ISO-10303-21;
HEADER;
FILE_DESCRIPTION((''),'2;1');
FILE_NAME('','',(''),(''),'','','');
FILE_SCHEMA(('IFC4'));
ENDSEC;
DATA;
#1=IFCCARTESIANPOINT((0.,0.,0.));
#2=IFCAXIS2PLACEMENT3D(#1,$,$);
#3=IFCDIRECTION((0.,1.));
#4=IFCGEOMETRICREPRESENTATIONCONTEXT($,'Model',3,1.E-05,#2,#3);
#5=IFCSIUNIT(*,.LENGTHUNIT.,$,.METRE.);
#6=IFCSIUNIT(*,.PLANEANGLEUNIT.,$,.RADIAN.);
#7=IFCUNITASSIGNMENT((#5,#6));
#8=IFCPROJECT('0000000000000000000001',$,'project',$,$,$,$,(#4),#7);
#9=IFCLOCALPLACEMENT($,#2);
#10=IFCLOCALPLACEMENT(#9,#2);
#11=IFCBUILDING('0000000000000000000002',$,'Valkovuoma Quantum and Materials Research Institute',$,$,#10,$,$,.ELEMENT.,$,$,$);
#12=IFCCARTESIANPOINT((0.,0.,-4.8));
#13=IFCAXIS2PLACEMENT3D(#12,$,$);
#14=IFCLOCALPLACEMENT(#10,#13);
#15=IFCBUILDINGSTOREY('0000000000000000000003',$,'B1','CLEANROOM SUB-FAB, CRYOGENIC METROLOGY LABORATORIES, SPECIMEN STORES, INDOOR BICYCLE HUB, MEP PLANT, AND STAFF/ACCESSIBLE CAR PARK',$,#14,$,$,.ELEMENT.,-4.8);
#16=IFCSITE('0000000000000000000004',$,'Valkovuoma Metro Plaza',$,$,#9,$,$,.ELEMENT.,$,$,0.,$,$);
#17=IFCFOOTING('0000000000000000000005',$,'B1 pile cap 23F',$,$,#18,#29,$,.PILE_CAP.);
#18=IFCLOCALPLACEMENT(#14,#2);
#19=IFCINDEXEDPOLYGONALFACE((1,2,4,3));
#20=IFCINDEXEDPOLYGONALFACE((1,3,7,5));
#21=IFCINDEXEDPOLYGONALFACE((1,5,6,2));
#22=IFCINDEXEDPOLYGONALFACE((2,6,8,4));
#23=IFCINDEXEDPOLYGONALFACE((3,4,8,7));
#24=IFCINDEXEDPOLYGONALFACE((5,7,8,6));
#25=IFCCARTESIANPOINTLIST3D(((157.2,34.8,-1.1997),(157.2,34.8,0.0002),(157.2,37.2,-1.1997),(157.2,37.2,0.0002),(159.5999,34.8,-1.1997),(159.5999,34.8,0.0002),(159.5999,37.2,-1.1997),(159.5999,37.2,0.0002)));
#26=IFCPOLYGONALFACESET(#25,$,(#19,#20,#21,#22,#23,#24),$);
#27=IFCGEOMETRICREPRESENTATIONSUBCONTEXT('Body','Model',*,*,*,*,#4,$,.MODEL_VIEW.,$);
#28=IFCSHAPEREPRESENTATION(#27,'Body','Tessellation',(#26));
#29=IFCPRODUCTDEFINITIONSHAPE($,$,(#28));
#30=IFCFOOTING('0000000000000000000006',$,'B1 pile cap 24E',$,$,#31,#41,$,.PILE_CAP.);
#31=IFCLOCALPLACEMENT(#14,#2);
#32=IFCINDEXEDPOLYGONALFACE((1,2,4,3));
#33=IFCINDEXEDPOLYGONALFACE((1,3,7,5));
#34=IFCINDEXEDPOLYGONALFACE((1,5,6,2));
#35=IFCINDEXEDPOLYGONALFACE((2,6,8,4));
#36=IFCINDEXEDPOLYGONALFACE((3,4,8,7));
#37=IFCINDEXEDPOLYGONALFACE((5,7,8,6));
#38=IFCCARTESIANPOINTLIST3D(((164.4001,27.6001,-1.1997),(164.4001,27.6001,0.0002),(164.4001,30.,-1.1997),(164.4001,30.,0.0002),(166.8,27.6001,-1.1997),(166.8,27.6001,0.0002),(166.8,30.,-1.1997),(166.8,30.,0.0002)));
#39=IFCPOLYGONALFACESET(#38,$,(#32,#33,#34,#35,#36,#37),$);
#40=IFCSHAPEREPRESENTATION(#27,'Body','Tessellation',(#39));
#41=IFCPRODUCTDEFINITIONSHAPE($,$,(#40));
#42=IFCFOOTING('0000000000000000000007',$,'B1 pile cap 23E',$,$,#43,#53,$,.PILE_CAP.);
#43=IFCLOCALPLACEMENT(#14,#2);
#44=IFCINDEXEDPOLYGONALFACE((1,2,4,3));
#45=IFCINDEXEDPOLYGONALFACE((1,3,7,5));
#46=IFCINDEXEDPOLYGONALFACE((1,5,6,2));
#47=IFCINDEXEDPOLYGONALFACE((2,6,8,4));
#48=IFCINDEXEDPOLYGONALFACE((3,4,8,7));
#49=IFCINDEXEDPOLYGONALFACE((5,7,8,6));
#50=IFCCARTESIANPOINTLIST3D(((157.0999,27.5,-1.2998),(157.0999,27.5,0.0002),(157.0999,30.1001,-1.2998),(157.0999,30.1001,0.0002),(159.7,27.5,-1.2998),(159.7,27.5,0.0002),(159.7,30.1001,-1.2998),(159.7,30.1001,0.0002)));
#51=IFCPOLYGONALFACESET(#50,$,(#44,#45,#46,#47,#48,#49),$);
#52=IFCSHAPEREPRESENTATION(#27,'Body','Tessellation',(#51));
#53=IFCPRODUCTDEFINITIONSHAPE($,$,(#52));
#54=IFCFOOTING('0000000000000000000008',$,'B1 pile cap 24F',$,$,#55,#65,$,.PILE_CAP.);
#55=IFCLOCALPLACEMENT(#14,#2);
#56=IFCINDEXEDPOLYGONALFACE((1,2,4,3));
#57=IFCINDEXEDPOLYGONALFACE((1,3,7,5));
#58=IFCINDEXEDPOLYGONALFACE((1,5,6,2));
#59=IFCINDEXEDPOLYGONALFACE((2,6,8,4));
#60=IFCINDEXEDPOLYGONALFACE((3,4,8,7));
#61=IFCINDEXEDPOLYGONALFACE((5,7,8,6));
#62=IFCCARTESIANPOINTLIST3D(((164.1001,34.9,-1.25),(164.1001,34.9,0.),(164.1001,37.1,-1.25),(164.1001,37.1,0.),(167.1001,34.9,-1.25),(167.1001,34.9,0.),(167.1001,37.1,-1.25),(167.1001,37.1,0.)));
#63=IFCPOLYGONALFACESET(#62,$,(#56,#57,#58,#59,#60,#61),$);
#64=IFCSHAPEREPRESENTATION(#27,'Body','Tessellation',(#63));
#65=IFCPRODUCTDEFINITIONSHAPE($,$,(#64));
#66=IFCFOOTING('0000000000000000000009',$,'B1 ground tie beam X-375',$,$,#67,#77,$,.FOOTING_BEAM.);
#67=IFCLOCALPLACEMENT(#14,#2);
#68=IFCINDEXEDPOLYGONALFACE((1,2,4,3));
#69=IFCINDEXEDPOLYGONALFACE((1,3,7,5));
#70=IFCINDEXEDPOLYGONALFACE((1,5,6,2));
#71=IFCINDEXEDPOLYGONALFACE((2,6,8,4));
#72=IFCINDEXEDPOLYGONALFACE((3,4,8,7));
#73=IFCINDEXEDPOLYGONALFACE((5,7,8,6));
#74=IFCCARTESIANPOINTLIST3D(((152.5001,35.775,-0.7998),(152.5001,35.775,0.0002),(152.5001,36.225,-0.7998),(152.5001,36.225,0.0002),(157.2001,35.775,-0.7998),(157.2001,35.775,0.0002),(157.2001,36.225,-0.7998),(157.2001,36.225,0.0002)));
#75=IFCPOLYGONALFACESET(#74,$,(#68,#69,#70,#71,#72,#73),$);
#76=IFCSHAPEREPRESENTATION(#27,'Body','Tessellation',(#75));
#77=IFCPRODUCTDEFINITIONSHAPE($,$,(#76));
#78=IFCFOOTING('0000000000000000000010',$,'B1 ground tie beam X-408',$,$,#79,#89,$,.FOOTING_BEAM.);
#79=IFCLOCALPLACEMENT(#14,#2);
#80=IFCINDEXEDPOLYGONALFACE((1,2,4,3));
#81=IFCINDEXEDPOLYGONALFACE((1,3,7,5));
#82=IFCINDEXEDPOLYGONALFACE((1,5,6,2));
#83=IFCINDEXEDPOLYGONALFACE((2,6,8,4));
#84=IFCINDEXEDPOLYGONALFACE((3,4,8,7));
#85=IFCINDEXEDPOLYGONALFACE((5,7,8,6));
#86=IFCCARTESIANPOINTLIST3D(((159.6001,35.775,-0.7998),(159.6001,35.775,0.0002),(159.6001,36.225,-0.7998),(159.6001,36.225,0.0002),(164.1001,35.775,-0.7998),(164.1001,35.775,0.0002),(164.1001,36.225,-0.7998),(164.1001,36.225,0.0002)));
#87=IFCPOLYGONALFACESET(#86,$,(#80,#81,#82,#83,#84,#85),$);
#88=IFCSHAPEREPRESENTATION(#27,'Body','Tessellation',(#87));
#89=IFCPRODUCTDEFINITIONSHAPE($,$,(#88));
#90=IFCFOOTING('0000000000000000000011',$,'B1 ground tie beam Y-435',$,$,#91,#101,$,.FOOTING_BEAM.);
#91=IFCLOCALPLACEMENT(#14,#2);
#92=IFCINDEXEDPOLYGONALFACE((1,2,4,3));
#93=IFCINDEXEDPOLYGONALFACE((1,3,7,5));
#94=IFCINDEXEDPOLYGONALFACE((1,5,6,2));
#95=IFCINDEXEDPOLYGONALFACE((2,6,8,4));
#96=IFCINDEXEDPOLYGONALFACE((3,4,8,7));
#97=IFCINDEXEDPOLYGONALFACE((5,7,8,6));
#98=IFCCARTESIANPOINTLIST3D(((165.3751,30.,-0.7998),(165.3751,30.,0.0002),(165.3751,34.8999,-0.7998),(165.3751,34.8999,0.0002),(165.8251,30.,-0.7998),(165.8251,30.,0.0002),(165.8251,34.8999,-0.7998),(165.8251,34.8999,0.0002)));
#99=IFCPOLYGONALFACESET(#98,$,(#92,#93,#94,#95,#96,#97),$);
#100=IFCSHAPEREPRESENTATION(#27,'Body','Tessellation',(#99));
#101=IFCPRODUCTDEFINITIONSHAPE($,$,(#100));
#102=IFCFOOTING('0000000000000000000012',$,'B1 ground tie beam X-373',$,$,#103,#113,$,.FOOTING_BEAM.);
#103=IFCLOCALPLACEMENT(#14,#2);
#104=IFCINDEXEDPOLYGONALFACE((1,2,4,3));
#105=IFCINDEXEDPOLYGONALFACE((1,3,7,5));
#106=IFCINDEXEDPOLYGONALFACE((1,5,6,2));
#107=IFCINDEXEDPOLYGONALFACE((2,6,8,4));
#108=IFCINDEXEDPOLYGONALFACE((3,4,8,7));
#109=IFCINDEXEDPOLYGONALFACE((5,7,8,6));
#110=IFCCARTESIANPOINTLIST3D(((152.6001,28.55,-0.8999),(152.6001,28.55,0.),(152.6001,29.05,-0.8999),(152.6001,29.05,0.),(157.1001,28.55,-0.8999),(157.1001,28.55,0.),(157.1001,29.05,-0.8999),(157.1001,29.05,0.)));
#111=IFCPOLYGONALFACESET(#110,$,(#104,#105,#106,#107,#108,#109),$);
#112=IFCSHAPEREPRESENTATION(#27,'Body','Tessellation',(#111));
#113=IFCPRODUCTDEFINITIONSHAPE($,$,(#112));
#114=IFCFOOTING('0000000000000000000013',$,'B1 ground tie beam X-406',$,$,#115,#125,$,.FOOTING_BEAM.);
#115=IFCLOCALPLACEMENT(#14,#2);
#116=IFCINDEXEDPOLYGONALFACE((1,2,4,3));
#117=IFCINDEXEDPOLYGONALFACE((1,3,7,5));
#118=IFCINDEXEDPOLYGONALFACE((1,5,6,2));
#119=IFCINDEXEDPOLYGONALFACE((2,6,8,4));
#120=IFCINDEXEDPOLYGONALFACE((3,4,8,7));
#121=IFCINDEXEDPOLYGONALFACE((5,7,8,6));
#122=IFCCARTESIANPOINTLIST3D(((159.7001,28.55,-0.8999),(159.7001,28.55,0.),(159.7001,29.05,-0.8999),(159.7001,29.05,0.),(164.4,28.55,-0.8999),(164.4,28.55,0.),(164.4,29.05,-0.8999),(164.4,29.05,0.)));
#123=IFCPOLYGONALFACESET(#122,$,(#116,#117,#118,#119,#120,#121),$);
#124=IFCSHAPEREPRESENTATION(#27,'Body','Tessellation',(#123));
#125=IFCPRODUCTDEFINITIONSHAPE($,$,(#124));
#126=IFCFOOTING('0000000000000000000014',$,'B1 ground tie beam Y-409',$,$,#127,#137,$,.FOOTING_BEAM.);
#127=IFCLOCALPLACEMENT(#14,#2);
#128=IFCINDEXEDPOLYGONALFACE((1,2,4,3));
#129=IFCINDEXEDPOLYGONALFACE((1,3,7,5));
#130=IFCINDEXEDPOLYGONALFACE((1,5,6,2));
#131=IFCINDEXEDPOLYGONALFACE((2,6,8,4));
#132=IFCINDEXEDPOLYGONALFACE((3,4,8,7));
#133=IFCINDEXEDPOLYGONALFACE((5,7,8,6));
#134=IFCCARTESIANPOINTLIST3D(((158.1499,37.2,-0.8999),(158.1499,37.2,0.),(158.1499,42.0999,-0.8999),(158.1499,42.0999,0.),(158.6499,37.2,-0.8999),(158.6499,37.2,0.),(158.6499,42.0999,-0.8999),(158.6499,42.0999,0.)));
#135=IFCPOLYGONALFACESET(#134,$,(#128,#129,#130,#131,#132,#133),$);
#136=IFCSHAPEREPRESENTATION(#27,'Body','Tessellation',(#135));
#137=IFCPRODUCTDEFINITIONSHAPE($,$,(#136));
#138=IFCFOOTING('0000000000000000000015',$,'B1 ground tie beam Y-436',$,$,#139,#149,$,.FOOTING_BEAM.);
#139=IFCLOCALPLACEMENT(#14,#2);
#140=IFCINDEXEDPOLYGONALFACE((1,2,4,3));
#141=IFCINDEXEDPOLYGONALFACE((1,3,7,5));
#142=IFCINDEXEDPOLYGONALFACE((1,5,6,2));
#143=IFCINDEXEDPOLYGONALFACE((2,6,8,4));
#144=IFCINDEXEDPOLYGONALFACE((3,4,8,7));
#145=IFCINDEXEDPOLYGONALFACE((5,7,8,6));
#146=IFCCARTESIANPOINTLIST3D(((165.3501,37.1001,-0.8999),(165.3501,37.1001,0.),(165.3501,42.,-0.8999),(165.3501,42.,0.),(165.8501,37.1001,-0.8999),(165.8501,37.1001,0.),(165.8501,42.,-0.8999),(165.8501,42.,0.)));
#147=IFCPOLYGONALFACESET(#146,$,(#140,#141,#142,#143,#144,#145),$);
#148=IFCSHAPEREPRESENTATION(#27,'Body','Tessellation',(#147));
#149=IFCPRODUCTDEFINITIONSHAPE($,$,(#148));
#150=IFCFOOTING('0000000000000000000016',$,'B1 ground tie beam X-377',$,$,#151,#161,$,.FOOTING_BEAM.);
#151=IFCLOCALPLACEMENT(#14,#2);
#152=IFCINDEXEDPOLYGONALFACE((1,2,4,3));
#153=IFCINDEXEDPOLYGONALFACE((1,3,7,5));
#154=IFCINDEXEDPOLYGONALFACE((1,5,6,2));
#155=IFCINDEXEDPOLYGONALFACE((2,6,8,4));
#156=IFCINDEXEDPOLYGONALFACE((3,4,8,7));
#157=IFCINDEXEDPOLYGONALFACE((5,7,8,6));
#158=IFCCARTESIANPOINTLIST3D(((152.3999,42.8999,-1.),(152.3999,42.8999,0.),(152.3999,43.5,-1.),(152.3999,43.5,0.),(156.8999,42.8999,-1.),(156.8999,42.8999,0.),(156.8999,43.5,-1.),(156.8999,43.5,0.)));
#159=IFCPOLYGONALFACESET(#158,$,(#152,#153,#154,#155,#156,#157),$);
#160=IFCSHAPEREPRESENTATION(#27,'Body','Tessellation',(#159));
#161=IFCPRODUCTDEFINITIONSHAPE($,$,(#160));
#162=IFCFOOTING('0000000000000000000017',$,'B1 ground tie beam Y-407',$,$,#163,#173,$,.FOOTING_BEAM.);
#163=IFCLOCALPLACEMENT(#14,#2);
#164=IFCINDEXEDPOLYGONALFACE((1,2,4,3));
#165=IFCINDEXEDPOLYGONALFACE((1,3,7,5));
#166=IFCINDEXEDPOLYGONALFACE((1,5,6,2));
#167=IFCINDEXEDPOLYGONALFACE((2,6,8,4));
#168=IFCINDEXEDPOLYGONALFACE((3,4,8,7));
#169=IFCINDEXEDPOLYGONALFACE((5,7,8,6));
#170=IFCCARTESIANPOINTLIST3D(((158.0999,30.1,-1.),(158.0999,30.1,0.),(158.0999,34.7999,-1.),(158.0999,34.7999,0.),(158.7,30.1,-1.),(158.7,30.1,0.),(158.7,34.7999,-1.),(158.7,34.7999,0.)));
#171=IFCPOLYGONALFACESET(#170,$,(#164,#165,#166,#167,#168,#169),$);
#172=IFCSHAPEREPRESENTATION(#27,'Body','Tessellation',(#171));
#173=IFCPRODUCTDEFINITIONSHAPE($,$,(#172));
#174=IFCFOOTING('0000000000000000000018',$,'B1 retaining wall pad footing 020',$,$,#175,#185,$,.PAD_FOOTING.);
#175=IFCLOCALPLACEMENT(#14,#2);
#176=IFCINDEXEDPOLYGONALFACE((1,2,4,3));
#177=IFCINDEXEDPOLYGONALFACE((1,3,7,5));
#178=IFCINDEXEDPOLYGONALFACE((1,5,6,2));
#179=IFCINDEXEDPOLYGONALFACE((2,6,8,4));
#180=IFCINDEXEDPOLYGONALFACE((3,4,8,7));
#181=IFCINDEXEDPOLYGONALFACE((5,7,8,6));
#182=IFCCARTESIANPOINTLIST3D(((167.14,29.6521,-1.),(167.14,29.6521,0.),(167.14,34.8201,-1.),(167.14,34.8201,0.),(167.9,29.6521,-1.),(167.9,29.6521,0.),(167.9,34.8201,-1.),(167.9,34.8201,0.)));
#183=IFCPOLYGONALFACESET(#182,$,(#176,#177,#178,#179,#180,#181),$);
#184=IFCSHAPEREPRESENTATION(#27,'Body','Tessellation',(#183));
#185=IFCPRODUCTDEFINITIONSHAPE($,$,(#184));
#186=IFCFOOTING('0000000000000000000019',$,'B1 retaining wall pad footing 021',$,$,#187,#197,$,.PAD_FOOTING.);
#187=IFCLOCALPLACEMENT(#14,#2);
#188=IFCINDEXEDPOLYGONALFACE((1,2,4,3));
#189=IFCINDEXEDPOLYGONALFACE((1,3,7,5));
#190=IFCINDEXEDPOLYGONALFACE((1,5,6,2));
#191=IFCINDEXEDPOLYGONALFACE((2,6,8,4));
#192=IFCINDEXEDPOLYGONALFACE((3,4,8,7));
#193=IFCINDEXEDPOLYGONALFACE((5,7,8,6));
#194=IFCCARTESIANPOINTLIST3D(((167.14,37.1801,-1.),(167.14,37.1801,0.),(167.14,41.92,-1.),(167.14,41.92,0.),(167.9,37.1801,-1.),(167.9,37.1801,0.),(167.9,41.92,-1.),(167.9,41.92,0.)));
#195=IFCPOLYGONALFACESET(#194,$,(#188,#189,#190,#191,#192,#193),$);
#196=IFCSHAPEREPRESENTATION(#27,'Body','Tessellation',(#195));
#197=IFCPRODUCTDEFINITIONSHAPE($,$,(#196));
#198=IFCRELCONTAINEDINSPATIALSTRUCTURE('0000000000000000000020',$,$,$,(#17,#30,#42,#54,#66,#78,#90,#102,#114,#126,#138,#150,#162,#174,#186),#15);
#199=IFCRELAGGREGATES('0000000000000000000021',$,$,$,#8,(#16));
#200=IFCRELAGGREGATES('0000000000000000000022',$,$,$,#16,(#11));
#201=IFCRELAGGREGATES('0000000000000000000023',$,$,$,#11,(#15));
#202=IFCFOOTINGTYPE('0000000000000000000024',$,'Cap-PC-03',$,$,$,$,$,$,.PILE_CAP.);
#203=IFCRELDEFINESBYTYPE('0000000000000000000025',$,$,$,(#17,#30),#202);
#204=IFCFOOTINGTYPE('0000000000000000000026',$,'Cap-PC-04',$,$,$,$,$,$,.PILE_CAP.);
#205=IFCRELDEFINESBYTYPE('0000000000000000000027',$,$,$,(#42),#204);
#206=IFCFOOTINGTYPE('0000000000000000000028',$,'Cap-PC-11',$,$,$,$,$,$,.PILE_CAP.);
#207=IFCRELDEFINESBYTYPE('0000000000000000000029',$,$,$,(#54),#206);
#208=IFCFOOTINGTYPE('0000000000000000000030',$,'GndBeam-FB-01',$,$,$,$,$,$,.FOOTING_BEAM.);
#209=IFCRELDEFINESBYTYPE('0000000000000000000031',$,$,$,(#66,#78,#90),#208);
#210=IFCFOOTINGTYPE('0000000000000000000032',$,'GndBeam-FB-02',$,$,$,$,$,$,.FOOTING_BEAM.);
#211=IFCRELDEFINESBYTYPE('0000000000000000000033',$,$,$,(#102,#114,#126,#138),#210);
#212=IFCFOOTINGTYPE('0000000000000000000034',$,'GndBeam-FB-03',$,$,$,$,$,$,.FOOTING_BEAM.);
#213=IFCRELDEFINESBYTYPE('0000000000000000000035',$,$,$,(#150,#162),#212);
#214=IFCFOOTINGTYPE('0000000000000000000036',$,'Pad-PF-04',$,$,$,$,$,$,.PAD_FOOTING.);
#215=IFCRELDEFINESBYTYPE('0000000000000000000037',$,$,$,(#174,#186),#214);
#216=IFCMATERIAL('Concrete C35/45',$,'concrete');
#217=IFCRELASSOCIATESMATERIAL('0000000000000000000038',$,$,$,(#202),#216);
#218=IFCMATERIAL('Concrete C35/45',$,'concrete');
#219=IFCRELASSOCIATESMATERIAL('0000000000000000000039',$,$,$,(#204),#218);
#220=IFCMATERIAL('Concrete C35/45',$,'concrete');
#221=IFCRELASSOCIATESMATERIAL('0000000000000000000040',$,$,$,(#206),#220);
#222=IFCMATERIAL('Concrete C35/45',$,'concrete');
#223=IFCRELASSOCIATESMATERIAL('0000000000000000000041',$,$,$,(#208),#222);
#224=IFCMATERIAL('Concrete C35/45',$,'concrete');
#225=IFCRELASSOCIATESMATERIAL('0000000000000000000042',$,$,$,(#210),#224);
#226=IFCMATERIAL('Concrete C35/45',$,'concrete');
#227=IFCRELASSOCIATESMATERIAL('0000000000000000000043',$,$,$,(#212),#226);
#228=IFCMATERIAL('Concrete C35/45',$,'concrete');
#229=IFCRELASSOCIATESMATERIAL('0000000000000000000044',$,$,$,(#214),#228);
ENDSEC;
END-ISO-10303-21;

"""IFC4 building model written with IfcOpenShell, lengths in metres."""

from ifc_helpers import new_model, si_unit, direction, frame, origin, origin_2d, place, context, subcontext, project, spatial, rectangle, extrude, material, type_object, element, save


model = new_model("IFC4")

# Units and contexts
model_context = context("Model", 3, precision=1e-05, world=origin(), true_north=direction((0.0, 1.0)))
body_context = subcontext(model_context, "Body", "Model", "MODEL_VIEW")
ifc_project = project(units=[si_unit("LENGTHUNIT", "METRE"), si_unit("PLANEANGLEUNIT", "RADIAN")], contexts=[model_context])

# Site, building, storey
site_placement = place(None, origin())
site = spatial("IfcSite", under=ifc_project, at=site_placement, Name="Valkovuoma Metro Plaza", CompositionType="ELEMENT", RefElevation=0.0)
building_placement = place(site_placement, origin())
building = spatial("IfcBuilding", under=site, at=building_placement, Name="Valkovuoma Quantum and Materials Research Institute", CompositionType="ELEMENT")
storey_placement = place(building_placement, frame((0.0, 0.0, -4.8)))
storey = spatial("IfcBuildingStorey", under=building, at=storey_placement, Name="B1", Description="CLEANROOM SUB-FAB, CRYOGENIC METROLOGY LABORATORIES, SPECIMEN STORES, INDOOR BICYCLE HUB, MEP PLANT, AND STAFF/ACCESSIBLE CAR PARK", CompositionType="ELEMENT", Elevation=-4.8)

# Footings
ifc_material_1 = material(Name="Concrete C35/45", Category="concrete")
footing_type_1 = type_object("IfcFootingType", Name="Cap-PC-03", PredefinedType="PILE_CAP", material=ifc_material_1)
for number, where, z_axis, x_axis, name in (
    (1, (158.3999, 36.0, -1.1997), (0.0, 0.0, 1.0), (1.0, 0.0, 0.0), "B1 pile cap 23F"),
    (2, (165.6001, 28.8, -1.1997), (0.0, 0.0, 1.0), (1.0, 0.0, 0.0), "B1 pile cap 24E"),
):
    element("IfcFooting", number, at=place(storey_placement, frame(where, z_axis=z_axis, x_axis=x_axis)), inside=storey, type_object=footing_type_1, Name=name, PredefinedType="PILE_CAP", context=body_context, shape_type="SweptSolid", body=[
        extrude(rectangle(XDim=2.3999, YDim=2.3999, at=origin_2d()), origin(), (0.0, 0.0, 1.0), 1.2),
    ])
ifc_material_2 = material(Name="Concrete C35/45", Category="concrete")
footing_type_2 = type_object("IfcFootingType", Name="Cap-PC-04", PredefinedType="PILE_CAP", material=ifc_material_2)
footing_1_placement = place(storey_placement, frame((158.3999, 28.8, -1.2998), z_axis=(0.0, 0.0, 1.0), x_axis=(1.0, 0.0, 0.0)))
element("IfcFooting", 3, at=footing_1_placement, inside=storey, type_object=footing_type_2, Name="B1 pile cap 23E", PredefinedType="PILE_CAP", context=body_context, shape_type="SweptSolid", body=[
    extrude(rectangle(XDim=2.6001, YDim=2.6001, at=origin_2d()), origin(), (0.0, 0.0, 1.0), 1.3),
])
ifc_material_3 = material(Name="Concrete C35/45", Category="concrete")
footing_type_3 = type_object("IfcFootingType", Name="Cap-PC-11", PredefinedType="PILE_CAP", material=ifc_material_3)
footing_2_placement = place(storey_placement, frame((165.6001, 36.0, -1.25), z_axis=(0.0, 0.0, 1.0), x_axis=(1.0, 0.0, 0.0)))
element("IfcFooting", 4, at=footing_2_placement, inside=storey, type_object=footing_type_3, Name="B1 pile cap 24F", PredefinedType="PILE_CAP", context=body_context, shape_type="SweptSolid", body=[
    extrude(rectangle(XDim=3.0, YDim=2.2, at=origin_2d()), origin(), (0.0, 0.0, 1.0), 1.25),
])
ifc_material_4 = material(Name="Concrete C35/45", Category="concrete")
footing_type_4 = type_object("IfcFootingType", Name="GndBeam-FB-01", PredefinedType="FOOTING_BEAM", material=ifc_material_4)
footing_3_placement = place(storey_placement, frame((154.8501, 36.0, -0.7998), z_axis=(0.0, 0.0, 1.0), x_axis=(1.0, 0.0, 0.0)))
element("IfcFooting", 5, at=footing_3_placement, inside=storey, type_object=footing_type_4, Name="B1 ground tie beam X-375", PredefinedType="FOOTING_BEAM", context=body_context, shape_type="SweptSolid", body=[
    extrude(rectangle(XDim=4.7, YDim=0.45, at=origin_2d()), origin(), (0.0, 0.0, 1.0), 0.8),
])
footing_4_placement = place(storey_placement, frame((161.8501, 36.0, -0.7998), z_axis=(0.0, 0.0, 1.0), x_axis=(1.0, 0.0, 0.0)))
element("IfcFooting", 6, at=footing_4_placement, inside=storey, type_object=footing_type_4, Name="B1 ground tie beam X-408", PredefinedType="FOOTING_BEAM", context=body_context, shape_type="SweptSolid", body=[
    extrude(rectangle(XDim=4.5, YDim=0.45, at=origin_2d()), origin(), (0.0, 0.0, 1.0), 0.8),
])
footing_5_placement = place(storey_placement, frame((165.6001, 32.45, -0.7998), z_axis=(0.0, 0.0, 1.0), x_axis=(0.0, 1.0, 0.0)))
element("IfcFooting", 7, at=footing_5_placement, inside=storey, type_object=footing_type_4, Name="B1 ground tie beam Y-435", PredefinedType="FOOTING_BEAM", context=body_context, shape_type="SweptSolid", body=[
    extrude(rectangle(XDim=4.8999, YDim=0.45, at=origin_2d()), origin(), (0.0, 0.0, 1.0), 0.8),
])
ifc_material_5 = material(Name="Concrete C35/45", Category="concrete")
footing_type_5 = type_object("IfcFootingType", Name="GndBeam-FB-02", PredefinedType="FOOTING_BEAM", material=ifc_material_5)
footing_6_placement = place(storey_placement, frame((154.8501, 28.8, -0.8999), z_axis=(0.0, 0.0, 1.0), x_axis=(1.0, 0.0, 0.0)))
element("IfcFooting", 8, at=footing_6_placement, inside=storey, type_object=footing_type_5, Name="B1 ground tie beam X-373", PredefinedType="FOOTING_BEAM", context=body_context, shape_type="SweptSolid", body=[
    extrude(rectangle(XDim=4.5, YDim=0.5, at=origin_2d()), origin(), (0.0, 0.0, 1.0), 0.8999),
])
footing_7_placement = place(storey_placement, frame((162.05, 28.8, -0.8999), z_axis=(0.0, 0.0, 1.0), x_axis=(1.0, 0.0, 0.0)))
element("IfcFooting", 9, at=footing_7_placement, inside=storey, type_object=footing_type_5, Name="B1 ground tie beam X-406", PredefinedType="FOOTING_BEAM", context=body_context, shape_type="SweptSolid", body=[
    extrude(rectangle(XDim=4.7, YDim=0.5, at=origin_2d()), origin(), (0.0, 0.0, 1.0), 0.8999),
])
for number, where, z_axis, x_axis, name in (
    (10, (158.3999, 39.6499, -0.8999), (0.0, 0.0, 1.0), (0.0, 1.0, 0.0), "B1 ground tie beam Y-409"),
    (11, (165.6001, 39.55, -0.8999), (0.0, 0.0, 1.0), (0.0, 1.0, 0.0), "B1 ground tie beam Y-436"),
):
    element("IfcFooting", number, at=place(storey_placement, frame(where, z_axis=z_axis, x_axis=x_axis)), inside=storey, type_object=footing_type_5, Name=name, PredefinedType="FOOTING_BEAM", context=body_context, shape_type="SweptSolid", body=[
        extrude(rectangle(XDim=4.8999, YDim=0.5, at=origin_2d()), origin(), (0.0, 0.0, 1.0), 0.8999),
    ])
ifc_material_6 = material(Name="Concrete C35/45", Category="concrete")
footing_type_6 = type_object("IfcFootingType", Name="GndBeam-FB-03", PredefinedType="FOOTING_BEAM", material=ifc_material_6)
footing_8_placement = place(storey_placement, frame((154.6499, 43.2, -1.0), z_axis=(0.0, 0.0, 1.0), x_axis=(1.0, 0.0, 0.0)))
element("IfcFooting", 12, at=footing_8_placement, inside=storey, type_object=footing_type_6, Name="B1 ground tie beam X-377", PredefinedType="FOOTING_BEAM", context=body_context, shape_type="SweptSolid", body=[
    extrude(rectangle(XDim=4.5, YDim=0.6001, at=origin_2d()), origin(), (0.0, 0.0, 1.0), 1.0),
])
footing_9_placement = place(storey_placement, frame((158.3999, 32.45, -1.0), z_axis=(0.0, 0.0, 1.0), x_axis=(0.0, 1.0, 0.0)))
element("IfcFooting", 13, at=footing_9_placement, inside=storey, type_object=footing_type_6, Name="B1 ground tie beam Y-407", PredefinedType="FOOTING_BEAM", context=body_context, shape_type="SweptSolid", body=[
    extrude(rectangle(XDim=4.7, YDim=0.6001, at=origin_2d()), origin(), (0.0, 0.0, 1.0), 1.0),
])
ifc_material_7 = material(Name="Concrete C35/45", Category="concrete")
footing_type_7 = type_object("IfcFootingType", Name="Pad-PF-04", PredefinedType="PAD_FOOTING", material=ifc_material_7)
footing_10_placement = place(storey_placement, frame((167.52, 32.2361, -1.0), z_axis=(0.0, 0.0, 1.0), x_axis=(0.0, 1.0, 0.0)))
element("IfcFooting", 14, at=footing_10_placement, inside=storey, type_object=footing_type_7, Name="B1 retaining wall pad footing 020", PredefinedType="PAD_FOOTING", context=body_context, shape_type="SweptSolid", body=[
    extrude(rectangle(XDim=5.168, YDim=0.76, at=origin_2d()), origin(), (0.0, 0.0, 1.0), 1.0),
])
footing_11_placement = place(storey_placement, frame((167.52, 39.55, -1.0), z_axis=(0.0, 0.0, 1.0), x_axis=(0.0, 1.0, 0.0)))
element("IfcFooting", 15, at=footing_11_placement, inside=storey, type_object=footing_type_7, Name="B1 retaining wall pad footing 021", PredefinedType="PAD_FOOTING", context=body_context, shape_type="SweptSolid", body=[
    extrude(rectangle(XDim=4.74, YDim=0.76, at=origin_2d()), origin(), (0.0, 0.0, 1.0), 1.0),
])

save(model, "model.ifc")
